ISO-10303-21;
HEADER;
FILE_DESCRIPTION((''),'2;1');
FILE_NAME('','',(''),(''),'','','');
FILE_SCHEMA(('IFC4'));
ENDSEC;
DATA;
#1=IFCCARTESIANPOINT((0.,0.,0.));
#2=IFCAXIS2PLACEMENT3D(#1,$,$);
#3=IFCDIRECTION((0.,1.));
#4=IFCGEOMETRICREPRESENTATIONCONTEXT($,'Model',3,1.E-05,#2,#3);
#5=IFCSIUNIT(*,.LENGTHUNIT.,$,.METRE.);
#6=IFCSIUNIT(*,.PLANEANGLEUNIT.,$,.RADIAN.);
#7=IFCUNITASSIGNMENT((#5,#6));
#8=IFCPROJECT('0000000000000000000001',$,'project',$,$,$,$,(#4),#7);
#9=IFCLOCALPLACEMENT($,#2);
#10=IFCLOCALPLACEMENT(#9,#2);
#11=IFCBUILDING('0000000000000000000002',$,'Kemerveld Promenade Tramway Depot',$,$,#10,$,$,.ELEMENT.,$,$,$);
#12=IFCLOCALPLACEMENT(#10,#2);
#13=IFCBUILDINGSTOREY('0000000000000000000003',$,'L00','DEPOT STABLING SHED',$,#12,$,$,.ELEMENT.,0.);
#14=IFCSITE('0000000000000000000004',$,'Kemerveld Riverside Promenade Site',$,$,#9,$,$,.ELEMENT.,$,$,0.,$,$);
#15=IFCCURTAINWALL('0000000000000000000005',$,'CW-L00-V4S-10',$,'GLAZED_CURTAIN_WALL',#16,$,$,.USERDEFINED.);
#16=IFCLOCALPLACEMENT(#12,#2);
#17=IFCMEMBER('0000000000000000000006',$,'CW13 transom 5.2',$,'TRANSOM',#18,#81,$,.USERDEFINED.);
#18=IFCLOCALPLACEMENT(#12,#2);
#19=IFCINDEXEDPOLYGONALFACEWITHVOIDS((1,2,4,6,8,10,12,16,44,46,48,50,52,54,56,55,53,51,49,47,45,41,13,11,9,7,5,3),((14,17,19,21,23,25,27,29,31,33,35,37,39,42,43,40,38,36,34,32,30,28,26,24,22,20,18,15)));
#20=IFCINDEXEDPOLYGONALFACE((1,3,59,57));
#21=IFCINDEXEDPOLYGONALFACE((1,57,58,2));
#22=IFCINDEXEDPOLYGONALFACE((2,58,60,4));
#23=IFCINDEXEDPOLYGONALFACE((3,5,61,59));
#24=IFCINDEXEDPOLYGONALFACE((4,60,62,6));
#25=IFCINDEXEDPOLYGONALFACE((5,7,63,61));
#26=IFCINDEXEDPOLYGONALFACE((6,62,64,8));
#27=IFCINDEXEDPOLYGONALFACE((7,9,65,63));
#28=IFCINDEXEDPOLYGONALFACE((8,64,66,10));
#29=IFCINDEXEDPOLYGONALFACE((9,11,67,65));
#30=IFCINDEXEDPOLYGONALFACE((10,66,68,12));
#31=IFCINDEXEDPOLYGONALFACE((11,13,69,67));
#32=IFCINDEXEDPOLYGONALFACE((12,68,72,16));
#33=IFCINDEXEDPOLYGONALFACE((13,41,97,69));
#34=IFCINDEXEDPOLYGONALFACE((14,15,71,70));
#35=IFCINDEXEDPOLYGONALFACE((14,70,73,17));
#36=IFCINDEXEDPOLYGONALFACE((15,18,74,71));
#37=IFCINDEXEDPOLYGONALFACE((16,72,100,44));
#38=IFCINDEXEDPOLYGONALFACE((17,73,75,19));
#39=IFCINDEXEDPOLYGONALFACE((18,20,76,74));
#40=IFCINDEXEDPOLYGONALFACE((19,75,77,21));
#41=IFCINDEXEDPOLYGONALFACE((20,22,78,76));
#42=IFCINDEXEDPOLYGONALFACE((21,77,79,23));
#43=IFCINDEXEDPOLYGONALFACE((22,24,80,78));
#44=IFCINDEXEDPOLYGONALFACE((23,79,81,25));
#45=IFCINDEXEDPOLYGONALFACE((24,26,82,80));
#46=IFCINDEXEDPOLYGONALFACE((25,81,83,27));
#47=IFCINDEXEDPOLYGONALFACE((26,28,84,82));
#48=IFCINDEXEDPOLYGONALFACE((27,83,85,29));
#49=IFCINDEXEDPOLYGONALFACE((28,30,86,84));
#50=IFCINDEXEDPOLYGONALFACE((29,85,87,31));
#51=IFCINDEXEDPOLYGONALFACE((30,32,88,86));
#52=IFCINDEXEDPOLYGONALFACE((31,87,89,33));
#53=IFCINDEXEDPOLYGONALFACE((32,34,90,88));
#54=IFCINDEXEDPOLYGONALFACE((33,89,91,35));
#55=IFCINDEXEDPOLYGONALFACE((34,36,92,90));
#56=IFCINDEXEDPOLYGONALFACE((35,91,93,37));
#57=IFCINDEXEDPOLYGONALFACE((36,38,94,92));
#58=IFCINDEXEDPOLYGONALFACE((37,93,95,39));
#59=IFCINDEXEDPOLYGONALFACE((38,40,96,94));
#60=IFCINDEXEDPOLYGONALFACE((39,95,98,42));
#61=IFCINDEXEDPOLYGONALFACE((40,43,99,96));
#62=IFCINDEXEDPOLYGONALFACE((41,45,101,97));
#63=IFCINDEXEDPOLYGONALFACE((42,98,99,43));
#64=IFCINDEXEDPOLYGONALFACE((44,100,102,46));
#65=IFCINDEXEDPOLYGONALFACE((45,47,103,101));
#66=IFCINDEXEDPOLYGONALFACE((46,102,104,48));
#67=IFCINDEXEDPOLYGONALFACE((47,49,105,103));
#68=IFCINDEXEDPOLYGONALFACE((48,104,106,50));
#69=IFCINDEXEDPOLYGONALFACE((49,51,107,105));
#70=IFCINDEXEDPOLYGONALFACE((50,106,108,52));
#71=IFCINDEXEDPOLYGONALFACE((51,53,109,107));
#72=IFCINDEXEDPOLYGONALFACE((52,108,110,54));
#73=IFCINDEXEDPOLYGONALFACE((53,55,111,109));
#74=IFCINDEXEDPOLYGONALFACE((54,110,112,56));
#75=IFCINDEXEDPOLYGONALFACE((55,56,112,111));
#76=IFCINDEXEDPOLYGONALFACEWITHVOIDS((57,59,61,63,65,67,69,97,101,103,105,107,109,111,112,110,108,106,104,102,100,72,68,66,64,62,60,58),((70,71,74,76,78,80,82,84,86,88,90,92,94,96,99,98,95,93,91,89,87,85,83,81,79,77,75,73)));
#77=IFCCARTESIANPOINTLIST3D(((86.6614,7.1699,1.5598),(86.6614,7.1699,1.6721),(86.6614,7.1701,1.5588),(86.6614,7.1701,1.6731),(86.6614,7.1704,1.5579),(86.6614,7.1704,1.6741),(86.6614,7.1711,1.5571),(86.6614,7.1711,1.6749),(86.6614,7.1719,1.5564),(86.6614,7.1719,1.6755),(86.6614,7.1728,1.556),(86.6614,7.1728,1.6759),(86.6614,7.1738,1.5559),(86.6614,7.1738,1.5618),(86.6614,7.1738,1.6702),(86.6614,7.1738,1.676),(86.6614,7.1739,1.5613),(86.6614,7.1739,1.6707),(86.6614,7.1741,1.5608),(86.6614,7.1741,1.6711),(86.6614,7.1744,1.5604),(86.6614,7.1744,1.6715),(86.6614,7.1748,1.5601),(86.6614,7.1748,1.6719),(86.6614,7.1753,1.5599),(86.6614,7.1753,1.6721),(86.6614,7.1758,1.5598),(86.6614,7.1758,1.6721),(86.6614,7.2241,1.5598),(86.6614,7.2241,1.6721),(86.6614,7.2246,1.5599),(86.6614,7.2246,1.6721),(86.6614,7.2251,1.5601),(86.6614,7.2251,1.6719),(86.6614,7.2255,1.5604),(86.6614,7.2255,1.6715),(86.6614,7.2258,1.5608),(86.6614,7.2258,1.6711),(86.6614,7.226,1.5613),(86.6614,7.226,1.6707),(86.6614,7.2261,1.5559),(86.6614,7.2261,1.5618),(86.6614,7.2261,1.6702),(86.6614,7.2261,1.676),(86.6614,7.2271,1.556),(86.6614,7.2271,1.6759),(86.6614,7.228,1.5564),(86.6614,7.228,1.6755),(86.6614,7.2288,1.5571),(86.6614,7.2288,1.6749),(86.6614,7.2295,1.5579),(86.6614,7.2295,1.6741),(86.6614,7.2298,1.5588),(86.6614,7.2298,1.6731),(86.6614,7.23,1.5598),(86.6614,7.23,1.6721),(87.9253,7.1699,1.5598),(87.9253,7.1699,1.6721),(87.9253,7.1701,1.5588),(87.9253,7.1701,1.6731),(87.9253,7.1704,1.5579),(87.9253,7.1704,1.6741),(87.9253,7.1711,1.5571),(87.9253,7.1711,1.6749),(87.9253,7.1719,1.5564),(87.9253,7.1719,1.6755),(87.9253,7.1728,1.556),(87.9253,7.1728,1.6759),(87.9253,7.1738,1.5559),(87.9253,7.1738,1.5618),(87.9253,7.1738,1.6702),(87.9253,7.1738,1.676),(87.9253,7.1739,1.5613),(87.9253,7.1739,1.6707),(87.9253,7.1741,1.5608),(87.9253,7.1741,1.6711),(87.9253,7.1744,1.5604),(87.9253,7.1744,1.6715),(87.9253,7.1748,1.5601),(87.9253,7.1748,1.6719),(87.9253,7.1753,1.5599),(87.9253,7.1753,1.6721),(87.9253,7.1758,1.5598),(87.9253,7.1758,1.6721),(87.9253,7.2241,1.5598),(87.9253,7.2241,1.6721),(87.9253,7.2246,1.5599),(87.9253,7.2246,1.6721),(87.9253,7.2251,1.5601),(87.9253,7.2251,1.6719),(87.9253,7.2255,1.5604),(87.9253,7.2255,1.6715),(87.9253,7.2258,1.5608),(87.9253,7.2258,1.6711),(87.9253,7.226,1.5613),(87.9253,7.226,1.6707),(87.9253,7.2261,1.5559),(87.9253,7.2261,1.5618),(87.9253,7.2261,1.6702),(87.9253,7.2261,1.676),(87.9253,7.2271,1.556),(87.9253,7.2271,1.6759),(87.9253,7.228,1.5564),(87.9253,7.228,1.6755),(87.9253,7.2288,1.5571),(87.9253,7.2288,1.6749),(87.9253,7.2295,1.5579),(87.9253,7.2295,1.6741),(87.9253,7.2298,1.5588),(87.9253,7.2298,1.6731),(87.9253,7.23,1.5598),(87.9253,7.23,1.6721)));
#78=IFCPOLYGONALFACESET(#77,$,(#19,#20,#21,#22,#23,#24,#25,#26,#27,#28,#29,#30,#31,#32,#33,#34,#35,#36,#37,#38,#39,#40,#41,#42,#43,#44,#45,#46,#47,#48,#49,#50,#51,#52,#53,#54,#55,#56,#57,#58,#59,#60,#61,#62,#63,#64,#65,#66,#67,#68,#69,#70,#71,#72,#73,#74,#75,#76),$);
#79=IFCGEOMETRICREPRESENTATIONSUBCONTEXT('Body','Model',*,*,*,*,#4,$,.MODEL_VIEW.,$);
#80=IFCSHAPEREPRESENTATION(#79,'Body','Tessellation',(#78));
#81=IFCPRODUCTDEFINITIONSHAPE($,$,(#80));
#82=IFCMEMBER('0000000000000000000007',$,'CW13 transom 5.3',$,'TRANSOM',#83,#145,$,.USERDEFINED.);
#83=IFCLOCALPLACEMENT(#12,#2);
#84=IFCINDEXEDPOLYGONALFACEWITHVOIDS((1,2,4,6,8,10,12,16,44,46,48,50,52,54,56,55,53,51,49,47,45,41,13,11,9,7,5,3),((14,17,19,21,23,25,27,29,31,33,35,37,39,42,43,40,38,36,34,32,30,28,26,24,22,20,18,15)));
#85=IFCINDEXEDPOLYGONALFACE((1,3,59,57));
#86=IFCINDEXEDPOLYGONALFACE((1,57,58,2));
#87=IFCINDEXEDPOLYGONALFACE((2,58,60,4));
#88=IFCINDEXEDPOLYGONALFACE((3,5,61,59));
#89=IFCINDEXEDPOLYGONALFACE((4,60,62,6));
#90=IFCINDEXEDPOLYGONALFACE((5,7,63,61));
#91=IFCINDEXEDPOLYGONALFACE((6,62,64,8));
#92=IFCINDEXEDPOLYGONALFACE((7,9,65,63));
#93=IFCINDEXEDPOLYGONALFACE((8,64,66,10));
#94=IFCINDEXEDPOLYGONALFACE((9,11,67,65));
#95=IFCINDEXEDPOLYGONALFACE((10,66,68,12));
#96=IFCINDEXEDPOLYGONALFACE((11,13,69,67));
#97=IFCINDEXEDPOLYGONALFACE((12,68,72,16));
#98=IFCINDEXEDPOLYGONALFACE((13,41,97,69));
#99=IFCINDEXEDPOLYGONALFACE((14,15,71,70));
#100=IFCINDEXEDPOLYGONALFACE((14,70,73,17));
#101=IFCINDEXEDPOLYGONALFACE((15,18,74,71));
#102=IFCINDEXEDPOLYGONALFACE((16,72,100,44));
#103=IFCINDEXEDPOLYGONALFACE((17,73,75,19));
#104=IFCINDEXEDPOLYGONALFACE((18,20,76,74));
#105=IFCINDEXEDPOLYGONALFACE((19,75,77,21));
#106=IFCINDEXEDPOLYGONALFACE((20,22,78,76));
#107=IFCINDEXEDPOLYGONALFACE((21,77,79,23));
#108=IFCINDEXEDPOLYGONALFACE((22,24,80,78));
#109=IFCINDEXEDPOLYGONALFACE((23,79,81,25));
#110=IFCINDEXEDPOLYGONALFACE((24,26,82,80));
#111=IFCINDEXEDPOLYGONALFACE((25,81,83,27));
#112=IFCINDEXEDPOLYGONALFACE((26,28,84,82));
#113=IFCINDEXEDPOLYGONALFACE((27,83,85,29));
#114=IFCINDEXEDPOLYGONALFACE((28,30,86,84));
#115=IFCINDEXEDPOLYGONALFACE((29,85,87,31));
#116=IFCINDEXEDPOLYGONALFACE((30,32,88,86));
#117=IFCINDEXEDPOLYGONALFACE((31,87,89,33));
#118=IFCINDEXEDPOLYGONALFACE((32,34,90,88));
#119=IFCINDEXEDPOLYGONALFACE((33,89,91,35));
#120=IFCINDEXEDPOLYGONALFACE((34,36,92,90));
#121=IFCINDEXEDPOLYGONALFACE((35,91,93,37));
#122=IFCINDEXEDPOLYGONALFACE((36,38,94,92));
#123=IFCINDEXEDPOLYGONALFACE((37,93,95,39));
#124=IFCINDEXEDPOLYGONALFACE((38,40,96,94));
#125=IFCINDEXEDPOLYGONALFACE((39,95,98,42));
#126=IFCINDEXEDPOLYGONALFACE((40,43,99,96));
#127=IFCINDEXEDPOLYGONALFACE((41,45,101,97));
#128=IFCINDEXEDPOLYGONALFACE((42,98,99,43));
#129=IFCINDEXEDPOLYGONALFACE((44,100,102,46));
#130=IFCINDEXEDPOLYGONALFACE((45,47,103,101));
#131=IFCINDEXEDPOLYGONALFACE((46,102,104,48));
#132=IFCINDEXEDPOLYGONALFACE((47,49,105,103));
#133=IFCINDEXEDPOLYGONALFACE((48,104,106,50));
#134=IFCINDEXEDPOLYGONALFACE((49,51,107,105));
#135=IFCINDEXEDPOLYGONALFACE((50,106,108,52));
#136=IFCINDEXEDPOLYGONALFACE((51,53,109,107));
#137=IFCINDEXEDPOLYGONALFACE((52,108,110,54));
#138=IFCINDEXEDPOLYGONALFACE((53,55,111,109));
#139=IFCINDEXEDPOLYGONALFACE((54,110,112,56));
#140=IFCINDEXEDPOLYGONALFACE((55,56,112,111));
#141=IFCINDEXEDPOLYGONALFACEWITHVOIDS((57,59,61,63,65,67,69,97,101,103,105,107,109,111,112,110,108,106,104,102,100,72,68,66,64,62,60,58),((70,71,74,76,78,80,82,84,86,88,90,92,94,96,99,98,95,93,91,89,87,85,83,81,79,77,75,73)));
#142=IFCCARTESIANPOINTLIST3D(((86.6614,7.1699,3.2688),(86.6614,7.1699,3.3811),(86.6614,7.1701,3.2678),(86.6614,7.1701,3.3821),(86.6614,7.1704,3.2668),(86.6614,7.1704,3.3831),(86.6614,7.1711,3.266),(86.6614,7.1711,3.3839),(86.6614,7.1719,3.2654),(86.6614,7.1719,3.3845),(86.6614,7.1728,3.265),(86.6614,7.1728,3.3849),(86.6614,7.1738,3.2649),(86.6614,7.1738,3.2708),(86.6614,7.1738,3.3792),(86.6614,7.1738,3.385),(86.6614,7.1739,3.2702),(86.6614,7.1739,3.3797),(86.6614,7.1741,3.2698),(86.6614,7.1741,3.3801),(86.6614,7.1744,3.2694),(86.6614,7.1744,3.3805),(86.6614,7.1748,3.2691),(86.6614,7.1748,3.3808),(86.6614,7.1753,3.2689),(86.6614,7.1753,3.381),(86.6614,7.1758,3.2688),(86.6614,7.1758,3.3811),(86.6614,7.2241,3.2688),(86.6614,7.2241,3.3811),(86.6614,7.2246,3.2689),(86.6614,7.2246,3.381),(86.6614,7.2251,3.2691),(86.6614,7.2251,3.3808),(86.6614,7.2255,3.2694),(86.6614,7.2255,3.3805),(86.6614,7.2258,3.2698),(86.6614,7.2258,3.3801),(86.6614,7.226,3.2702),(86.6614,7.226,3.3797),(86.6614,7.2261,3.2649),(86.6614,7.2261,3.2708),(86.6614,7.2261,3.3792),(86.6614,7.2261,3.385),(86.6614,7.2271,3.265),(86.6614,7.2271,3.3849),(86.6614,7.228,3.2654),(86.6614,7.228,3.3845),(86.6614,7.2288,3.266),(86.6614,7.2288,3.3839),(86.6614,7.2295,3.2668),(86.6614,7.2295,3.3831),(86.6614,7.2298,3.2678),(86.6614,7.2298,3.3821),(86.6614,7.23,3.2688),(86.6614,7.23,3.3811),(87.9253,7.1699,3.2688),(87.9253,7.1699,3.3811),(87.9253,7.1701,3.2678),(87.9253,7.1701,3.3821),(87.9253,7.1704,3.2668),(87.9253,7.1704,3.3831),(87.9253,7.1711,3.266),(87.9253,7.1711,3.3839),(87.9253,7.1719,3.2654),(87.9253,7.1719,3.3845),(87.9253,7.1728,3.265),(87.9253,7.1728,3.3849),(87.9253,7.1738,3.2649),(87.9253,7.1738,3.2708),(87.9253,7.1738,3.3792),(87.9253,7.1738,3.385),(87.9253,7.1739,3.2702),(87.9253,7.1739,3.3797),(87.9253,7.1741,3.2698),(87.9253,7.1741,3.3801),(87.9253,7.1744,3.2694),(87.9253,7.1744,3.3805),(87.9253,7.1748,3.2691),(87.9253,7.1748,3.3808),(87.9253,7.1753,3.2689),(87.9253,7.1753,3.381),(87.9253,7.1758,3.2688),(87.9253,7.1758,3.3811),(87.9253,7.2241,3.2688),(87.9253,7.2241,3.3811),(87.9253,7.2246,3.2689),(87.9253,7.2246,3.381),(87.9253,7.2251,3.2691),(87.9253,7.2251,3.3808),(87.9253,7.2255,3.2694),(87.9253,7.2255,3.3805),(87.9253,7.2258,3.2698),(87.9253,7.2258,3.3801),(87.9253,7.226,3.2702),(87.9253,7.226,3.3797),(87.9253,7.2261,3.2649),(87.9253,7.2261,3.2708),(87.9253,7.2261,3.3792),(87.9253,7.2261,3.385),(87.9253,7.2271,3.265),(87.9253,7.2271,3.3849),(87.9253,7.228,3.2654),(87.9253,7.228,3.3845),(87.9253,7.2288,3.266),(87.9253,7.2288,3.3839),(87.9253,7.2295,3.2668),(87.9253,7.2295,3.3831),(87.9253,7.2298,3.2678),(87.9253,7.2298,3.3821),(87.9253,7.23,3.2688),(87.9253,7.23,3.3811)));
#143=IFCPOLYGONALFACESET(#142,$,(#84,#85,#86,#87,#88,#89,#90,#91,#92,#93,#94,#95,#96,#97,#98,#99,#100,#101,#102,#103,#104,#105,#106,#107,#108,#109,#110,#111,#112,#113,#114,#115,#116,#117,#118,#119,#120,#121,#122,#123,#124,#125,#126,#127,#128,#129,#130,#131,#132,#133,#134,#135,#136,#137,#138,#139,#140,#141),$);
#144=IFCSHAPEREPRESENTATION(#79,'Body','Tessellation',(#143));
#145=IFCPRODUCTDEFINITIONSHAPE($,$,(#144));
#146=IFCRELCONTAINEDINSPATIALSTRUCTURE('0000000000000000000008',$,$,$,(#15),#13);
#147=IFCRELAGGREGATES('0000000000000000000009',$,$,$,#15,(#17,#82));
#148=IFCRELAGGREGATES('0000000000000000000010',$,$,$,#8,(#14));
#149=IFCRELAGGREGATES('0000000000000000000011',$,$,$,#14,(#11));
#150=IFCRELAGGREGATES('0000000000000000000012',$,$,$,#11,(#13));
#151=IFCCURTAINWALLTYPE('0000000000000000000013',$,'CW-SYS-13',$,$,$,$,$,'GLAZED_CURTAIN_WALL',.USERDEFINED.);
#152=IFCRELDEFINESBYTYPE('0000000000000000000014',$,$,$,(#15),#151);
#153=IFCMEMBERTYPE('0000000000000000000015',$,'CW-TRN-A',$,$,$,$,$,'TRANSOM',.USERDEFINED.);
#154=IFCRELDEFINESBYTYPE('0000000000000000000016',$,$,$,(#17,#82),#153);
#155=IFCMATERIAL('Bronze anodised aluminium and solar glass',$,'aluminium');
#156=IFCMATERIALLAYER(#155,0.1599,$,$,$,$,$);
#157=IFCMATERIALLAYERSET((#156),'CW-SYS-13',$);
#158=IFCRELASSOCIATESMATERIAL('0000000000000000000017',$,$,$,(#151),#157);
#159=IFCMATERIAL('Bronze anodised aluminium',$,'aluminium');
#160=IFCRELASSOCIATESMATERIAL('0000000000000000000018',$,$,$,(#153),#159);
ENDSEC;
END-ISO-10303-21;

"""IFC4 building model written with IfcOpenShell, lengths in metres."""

from ifc_helpers import new_model, si_unit, direction, frame, origin, origin_2d, place, context, subcontext, project, spatial, hollow_rectangle, extrude, material, layer, layer_set, material_profile, profile_set, type_object, element, aggregate, save


model = new_model("IFC4")

# Units and contexts
model_context = context("Model", 3, precision=1e-05, world=origin(), true_north=direction((0.0, 1.0)))
body_context = subcontext(model_context, "Body", "Model", "MODEL_VIEW")
ifc_project = project(units=[si_unit("LENGTHUNIT", "METRE"), si_unit("PLANEANGLEUNIT", "RADIAN")], contexts=[model_context])

# Site, building, storey
site_placement = place(None, origin())
site = spatial("IfcSite", under=ifc_project, at=site_placement, Name="Kemerveld Riverside Promenade Site", CompositionType="ELEMENT", RefElevation=0.0)
building_placement = place(site_placement, origin())
building = spatial("IfcBuilding", under=site, at=building_placement, Name="Kemerveld Promenade Tramway Depot", CompositionType="ELEMENT")
storey_placement = place(building_placement, origin())
storey = spatial("IfcBuildingStorey", under=building, at=storey_placement, Name="L00", Description="DEPOT STABLING SHED", CompositionType="ELEMENT", Elevation=0.0)

# Curtain wall, members
ifc_material_1 = material(Name="Bronze anodised aluminium and solar glass", Category="aluminium")
ifc_layer_1 = layer(ifc_material_1, 0.1599)
ifc_layer_set_1 = layer_set([ifc_layer_1], Name="CW-SYS-13")
curtain_wall_type = type_object("IfcCurtainWallType", Name="CW-SYS-13", ElementType="GLAZED_CURTAIN_WALL", PredefinedType="USERDEFINED", material=ifc_layer_set_1)
curtain_wall_placement = place(storey_placement, origin())
curtain_wall = element("IfcCurtainWall", 1, at=curtain_wall_placement, inside=storey, type_object=curtain_wall_type, Name="CW-L00-V4S-10", ObjectType="GLAZED_CURTAIN_WALL", PredefinedType="USERDEFINED")
ifc_material_2 = material(Name="Bronze anodised aluminium", Category="aluminium")
ifc_material_profile_1 = material_profile(ifc_material_2, hollow_rectangle(XDim=0.0601, YDim=0.1201, WallThickness=0.0039, InnerFilletRadius=0.002, OuterFilletRadius=0.0039, at=origin_2d()), Name="CW-TRN-120x60")
ifc_profile_set_1 = profile_set([ifc_material_profile_1], Name="Bronze anodised aluminium")
member_type_1 = type_object("IfcMemberType", Name="CW-TRN-A", ElementType="TRANSOM", PredefinedType="USERDEFINED", material=ifc_profile_set_1)
member_1_placement = place(storey_placement, frame((87.9253, 7.2, 1.616), z_axis=(-1.0, 0.0, 0.0), x_axis=(0.0, -1.0, 0.0)))
member_1 = element("IfcMember", 2, at=member_1_placement, type_object=member_type_1, Name="CW13 transom 5.2", ObjectType="TRANSOM", PredefinedType="USERDEFINED", context=body_context, shape_type="SweptSolid", body=[
    extrude(hollow_rectangle(XDim=0.0601, YDim=0.1201, WallThickness=0.0039, InnerFilletRadius=0.002, OuterFilletRadius=0.0039, at=origin_2d()), origin(), (0.0, 0.0, 1.0), 1.2639),
])
member_2_placement = place(storey_placement, frame((87.9253, 7.2, 3.325), z_axis=(-1.0, 0.0, 0.0), x_axis=(0.0, -1.0, 0.0)))
member_2 = element("IfcMember", 3, at=member_2_placement, type_object=member_type_1, Name="CW13 transom 5.3", ObjectType="TRANSOM", PredefinedType="USERDEFINED", context=body_context, shape_type="SweptSolid", body=[
    extrude(hollow_rectangle(XDim=0.0601, YDim=0.1201, WallThickness=0.0039, InnerFilletRadius=0.002, OuterFilletRadius=0.0039, at=origin_2d()), origin(), (0.0, 0.0, 1.0), 1.2639),
])
aggregate(curtain_wall, [member_1, member_2])

save(model, "model.ifc")
